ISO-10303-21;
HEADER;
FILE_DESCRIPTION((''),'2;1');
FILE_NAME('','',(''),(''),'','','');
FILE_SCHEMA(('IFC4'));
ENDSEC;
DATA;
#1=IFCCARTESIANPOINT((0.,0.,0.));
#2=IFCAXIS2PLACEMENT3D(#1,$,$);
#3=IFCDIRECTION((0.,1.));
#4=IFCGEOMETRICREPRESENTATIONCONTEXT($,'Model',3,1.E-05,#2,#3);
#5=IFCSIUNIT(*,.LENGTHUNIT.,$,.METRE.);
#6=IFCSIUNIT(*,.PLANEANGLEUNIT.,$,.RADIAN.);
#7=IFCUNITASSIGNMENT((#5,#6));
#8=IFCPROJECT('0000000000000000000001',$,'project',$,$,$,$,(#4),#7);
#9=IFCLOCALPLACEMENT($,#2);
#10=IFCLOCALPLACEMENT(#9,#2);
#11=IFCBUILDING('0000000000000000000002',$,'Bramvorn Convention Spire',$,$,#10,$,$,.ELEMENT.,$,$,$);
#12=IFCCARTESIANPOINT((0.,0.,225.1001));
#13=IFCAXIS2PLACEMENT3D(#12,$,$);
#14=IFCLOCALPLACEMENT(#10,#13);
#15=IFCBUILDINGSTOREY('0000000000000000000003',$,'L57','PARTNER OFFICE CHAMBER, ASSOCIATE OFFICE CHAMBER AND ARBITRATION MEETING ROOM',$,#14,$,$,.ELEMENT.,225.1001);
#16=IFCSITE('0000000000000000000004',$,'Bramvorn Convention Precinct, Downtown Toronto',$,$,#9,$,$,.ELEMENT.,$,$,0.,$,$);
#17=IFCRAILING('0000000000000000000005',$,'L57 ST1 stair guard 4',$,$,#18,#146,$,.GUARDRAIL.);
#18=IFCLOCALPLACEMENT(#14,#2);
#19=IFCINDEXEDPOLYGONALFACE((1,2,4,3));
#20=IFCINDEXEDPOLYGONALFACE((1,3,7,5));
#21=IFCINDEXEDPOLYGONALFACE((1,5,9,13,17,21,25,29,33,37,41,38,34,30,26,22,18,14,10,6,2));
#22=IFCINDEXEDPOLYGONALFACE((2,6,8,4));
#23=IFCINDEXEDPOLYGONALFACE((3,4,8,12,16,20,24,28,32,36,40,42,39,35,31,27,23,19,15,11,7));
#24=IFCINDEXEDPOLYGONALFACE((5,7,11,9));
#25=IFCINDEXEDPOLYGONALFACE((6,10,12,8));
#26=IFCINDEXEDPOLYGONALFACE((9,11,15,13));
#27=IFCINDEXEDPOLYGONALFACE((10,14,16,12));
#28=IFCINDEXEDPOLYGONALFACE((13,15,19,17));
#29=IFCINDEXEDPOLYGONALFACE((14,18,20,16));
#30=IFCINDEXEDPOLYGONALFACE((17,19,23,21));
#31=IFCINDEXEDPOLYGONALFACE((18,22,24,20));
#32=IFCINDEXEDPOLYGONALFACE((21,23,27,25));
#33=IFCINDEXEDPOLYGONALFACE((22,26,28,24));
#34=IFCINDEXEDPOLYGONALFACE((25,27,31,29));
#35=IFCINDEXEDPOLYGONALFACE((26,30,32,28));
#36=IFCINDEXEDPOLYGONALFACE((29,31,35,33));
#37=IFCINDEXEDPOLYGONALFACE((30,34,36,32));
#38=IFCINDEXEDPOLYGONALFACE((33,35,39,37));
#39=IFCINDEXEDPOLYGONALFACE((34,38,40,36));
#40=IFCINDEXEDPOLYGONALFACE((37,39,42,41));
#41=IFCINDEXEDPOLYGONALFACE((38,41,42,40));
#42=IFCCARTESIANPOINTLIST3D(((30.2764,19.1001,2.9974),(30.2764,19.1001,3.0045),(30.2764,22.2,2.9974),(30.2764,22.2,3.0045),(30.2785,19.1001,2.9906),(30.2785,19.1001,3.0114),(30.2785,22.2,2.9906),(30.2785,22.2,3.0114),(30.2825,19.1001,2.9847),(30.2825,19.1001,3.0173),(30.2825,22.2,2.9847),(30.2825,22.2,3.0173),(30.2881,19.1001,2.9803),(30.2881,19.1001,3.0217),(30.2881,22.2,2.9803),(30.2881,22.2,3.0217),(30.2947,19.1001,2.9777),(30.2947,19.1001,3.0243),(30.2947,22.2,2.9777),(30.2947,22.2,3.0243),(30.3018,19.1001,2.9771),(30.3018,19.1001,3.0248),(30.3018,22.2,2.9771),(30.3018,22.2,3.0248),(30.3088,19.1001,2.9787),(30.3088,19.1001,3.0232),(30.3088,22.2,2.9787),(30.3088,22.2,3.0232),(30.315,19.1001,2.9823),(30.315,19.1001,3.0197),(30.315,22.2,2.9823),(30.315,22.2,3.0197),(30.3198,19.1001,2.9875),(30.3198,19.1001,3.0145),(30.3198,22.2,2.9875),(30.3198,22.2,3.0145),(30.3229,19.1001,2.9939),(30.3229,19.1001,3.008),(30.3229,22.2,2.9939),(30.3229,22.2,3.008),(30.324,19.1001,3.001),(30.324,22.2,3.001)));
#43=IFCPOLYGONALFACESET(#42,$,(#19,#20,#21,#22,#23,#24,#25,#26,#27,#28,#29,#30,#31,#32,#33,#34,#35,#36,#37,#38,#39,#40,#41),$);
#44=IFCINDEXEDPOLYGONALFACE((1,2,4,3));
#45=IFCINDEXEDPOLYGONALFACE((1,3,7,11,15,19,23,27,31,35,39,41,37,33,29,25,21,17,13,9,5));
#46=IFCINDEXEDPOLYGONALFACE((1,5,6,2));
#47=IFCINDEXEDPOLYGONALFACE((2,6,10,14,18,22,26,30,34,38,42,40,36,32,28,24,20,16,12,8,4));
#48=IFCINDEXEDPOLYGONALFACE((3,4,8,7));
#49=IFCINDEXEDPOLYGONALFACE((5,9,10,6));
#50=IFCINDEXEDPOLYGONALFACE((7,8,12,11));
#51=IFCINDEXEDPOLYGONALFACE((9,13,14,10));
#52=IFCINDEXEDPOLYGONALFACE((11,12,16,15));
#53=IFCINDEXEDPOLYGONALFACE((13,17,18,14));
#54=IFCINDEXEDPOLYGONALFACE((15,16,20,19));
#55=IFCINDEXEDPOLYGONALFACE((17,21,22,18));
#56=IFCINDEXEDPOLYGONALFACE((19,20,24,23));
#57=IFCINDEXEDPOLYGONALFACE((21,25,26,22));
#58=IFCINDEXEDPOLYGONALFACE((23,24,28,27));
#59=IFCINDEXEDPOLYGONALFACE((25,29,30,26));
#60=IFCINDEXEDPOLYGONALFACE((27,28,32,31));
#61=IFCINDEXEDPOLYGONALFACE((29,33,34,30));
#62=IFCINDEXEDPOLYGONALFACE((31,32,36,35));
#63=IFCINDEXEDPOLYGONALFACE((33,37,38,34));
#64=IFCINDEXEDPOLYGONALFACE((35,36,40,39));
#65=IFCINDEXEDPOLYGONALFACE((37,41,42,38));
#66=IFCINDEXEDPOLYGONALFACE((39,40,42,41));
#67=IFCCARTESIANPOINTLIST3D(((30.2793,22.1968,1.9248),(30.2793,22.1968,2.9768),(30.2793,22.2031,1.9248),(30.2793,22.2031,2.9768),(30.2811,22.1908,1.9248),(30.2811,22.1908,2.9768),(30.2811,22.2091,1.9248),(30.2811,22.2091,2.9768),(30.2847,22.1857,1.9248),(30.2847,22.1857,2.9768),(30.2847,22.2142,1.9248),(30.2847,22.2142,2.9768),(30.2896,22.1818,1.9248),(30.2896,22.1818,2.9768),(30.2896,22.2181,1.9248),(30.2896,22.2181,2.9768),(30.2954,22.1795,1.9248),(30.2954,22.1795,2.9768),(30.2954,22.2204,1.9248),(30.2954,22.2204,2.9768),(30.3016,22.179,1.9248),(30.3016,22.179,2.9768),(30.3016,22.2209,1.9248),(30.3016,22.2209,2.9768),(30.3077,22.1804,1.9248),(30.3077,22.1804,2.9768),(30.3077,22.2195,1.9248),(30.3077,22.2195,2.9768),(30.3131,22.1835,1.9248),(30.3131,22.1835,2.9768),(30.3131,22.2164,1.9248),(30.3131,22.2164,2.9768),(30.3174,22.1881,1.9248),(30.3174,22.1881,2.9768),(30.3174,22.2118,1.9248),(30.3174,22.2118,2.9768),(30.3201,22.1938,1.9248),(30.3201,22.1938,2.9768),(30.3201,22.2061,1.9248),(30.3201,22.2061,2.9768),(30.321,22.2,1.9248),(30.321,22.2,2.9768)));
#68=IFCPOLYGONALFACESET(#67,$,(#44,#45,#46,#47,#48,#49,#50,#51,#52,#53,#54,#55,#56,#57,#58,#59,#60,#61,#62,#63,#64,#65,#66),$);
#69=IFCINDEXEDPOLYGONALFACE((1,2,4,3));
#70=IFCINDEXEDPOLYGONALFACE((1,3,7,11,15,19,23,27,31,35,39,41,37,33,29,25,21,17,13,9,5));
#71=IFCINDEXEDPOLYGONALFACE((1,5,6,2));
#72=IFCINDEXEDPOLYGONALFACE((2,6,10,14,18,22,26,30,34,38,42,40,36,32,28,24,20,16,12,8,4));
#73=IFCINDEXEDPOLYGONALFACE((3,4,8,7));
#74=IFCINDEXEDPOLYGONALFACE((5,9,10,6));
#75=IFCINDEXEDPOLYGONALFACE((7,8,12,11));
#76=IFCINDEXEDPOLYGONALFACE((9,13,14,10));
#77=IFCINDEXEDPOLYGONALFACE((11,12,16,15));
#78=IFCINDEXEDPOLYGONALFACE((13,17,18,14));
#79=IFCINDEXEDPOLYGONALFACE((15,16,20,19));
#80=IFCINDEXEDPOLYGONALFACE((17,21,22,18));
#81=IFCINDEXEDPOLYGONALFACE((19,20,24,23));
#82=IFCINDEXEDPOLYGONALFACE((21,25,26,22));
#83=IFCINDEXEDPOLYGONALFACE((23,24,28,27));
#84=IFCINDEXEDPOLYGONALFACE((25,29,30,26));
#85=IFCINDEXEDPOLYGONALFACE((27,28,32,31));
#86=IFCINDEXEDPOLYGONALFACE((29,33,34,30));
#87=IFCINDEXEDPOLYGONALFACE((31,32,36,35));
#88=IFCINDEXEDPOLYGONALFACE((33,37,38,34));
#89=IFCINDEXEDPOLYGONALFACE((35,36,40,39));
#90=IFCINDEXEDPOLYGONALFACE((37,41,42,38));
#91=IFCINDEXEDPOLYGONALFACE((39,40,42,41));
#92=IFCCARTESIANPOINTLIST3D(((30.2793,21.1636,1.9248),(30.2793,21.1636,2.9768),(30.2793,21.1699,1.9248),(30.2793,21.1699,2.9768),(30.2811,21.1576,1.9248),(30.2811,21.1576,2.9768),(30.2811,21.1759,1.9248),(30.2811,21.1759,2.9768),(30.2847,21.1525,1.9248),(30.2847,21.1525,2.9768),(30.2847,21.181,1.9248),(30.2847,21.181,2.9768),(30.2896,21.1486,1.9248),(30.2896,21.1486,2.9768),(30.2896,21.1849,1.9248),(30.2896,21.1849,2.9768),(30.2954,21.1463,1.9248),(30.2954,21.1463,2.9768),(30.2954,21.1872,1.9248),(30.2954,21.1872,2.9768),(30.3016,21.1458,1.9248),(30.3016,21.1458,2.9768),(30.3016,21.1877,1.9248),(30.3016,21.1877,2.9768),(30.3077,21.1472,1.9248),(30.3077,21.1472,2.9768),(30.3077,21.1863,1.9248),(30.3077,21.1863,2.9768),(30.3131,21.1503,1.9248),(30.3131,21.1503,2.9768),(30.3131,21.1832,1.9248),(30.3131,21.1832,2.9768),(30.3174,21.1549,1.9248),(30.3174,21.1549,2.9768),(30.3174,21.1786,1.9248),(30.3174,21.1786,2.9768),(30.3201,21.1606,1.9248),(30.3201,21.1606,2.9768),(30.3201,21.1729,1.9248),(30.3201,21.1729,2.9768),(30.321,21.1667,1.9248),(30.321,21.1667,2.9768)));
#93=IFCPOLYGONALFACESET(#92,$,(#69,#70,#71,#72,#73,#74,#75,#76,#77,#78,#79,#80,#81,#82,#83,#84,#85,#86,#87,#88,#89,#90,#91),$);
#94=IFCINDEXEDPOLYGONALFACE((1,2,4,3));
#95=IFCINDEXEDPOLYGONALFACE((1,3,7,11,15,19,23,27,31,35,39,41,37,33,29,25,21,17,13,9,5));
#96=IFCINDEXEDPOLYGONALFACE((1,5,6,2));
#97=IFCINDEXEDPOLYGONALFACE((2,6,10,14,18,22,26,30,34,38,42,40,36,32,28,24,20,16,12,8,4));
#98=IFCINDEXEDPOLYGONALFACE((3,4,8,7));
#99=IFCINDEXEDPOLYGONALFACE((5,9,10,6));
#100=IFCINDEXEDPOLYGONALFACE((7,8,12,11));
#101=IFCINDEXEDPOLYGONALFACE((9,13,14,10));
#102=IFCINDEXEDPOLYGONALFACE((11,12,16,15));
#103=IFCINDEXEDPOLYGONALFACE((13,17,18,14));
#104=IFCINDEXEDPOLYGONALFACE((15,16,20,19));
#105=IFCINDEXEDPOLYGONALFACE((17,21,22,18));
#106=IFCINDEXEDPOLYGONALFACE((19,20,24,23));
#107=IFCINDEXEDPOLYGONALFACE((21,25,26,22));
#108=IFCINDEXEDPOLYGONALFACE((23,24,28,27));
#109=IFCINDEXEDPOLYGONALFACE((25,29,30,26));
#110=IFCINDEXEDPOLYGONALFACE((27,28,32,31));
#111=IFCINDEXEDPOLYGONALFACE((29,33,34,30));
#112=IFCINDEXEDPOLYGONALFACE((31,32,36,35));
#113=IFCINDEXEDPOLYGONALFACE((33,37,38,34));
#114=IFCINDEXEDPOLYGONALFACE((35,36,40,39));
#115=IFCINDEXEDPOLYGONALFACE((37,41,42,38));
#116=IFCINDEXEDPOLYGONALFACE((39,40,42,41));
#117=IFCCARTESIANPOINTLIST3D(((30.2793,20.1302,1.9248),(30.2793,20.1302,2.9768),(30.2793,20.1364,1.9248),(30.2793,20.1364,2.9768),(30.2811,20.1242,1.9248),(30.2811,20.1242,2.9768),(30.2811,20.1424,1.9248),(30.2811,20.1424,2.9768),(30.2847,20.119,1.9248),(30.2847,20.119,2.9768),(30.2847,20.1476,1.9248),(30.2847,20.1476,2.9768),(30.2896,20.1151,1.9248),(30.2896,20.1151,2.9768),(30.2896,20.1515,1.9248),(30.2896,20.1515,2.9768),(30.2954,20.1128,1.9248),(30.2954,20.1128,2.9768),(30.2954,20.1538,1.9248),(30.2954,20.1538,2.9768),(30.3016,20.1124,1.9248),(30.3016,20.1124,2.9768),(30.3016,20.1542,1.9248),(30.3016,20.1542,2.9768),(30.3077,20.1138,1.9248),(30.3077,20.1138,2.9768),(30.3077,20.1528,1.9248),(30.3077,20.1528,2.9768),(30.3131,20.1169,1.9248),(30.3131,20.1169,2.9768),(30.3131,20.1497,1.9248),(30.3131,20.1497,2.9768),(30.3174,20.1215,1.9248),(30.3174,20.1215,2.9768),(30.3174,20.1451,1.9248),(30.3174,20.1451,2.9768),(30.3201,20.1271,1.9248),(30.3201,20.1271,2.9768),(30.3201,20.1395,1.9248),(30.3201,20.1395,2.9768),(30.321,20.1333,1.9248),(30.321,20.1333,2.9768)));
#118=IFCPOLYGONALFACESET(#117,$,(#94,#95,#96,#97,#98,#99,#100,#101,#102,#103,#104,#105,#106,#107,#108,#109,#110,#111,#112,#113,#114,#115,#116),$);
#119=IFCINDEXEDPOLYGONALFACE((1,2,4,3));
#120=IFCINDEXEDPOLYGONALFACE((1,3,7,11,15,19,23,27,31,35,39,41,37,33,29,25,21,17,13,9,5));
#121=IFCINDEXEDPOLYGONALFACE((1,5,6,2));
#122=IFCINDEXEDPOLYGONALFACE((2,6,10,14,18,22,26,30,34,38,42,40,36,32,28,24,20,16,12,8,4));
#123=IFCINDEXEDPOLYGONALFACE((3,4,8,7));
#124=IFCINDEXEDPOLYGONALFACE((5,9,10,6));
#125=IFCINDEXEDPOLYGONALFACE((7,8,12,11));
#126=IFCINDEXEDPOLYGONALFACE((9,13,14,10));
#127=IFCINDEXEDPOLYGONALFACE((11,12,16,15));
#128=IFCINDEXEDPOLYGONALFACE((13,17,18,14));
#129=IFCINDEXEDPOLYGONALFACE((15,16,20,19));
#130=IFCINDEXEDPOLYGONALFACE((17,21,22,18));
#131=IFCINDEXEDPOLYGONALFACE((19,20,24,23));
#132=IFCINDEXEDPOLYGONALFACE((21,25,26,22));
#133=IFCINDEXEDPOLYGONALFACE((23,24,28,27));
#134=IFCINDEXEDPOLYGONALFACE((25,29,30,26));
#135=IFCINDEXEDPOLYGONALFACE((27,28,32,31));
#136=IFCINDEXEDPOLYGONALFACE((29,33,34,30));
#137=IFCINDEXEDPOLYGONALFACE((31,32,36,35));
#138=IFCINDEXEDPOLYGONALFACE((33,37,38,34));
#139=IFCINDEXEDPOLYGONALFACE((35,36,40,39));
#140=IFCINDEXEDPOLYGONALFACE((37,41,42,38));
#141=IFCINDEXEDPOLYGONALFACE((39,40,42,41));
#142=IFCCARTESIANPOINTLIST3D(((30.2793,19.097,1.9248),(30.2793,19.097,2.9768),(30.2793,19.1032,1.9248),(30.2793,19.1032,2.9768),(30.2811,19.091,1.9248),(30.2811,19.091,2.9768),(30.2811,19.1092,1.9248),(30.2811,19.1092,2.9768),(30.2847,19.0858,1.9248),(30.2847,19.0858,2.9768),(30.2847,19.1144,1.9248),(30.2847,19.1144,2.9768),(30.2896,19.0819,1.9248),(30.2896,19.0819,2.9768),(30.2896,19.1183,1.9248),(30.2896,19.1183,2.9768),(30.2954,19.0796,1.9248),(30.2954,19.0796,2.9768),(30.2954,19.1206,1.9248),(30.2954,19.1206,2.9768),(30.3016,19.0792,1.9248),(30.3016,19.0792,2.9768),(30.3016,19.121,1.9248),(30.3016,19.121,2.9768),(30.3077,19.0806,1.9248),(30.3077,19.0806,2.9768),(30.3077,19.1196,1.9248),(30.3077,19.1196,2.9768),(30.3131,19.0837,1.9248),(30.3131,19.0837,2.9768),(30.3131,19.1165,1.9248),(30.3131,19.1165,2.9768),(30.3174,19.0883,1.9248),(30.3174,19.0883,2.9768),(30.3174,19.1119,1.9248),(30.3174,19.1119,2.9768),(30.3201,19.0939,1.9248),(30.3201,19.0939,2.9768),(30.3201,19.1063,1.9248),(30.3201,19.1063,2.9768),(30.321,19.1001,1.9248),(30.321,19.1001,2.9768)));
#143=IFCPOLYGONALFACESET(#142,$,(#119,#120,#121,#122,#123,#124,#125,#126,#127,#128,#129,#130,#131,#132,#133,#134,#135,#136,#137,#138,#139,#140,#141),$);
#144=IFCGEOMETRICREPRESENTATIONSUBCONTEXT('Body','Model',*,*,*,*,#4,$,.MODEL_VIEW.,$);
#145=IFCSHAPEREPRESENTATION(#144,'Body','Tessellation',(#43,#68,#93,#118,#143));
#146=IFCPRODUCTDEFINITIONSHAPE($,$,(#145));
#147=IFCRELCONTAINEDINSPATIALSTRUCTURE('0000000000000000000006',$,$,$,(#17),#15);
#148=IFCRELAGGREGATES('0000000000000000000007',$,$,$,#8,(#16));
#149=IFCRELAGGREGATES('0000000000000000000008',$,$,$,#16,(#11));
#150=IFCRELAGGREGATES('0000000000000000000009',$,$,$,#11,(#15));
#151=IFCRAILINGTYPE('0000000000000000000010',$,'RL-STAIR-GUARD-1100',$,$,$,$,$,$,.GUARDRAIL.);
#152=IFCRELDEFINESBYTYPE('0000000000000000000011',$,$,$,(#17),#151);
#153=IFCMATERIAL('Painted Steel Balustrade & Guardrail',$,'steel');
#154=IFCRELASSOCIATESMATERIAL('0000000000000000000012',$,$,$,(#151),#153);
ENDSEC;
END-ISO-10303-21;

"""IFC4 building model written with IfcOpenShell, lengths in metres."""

from ifc_helpers import new_model, si_unit, direction, frame, origin, origin_2d, place, context, subcontext, project, spatial, circle, extrude, material, type_object, element, save


model = new_model("IFC4")

# Units and contexts
model_context = context("Model", 3, precision=1e-05, world=origin(), true_north=direction((0.0, 1.0)))
body_context = subcontext(model_context, "Body", "Model", "MODEL_VIEW")
ifc_project = project(units=[si_unit("LENGTHUNIT", "METRE"), si_unit("PLANEANGLEUNIT", "RADIAN")], contexts=[model_context])

# Site, building, storey
site_placement = place(None, origin())
site = spatial("IfcSite", under=ifc_project, at=site_placement, Name="Bramvorn Convention Precinct, Downtown Toronto", CompositionType="ELEMENT", RefElevation=0.0)
building_placement = place(site_placement, origin())
building = spatial("IfcBuilding", under=site, at=building_placement, Name="Bramvorn Convention Spire", CompositionType="ELEMENT")
storey_placement = place(building_placement, frame((0.0, 0.0, 225.1001)))
storey = spatial("IfcBuildingStorey", under=building, at=storey_placement, Name="L57", Description="PARTNER OFFICE CHAMBER, ASSOCIATE OFFICE CHAMBER AND ARBITRATION MEETING ROOM", CompositionType="ELEMENT", Elevation=225.1001)

# Railing
ifc_material_1 = material(Name="Painted Steel Balustrade & Guardrail", Category="steel")
railing_type_1 = type_object("IfcRailingType", Name="RL-STAIR-GUARD-1100", PredefinedType="GUARDRAIL", material=ifc_material_1)
for number, where, name in (
    (1, (30.3, 22.2, 1.9248), "L57 ST1 stair guard 4"),
):
    element("IfcRailing", number, at=place(storey_placement, frame(where)), inside=storey, type_object=railing_type_1, Name=name, PredefinedType="GUARDRAIL", context=body_context, shape_type="SweptSolid", body=[
        extrude(circle(Radius=0.0239, at=origin_2d()), frame((0.0, 0.0, 1.0762), z_axis=(0.0, -1.0, 0.0), x_axis=(1.0, 0.0, 0.0)), (0.0, 0.0, 1.0), 3.0999),
        extrude(circle(Radius=0.021, at=origin_2d()), origin(), (0.0, 0.0, 1.0), 1.052),
        extrude(circle(Radius=0.021, at=origin_2d()), frame((0.0, -1.0332, 0.0)), (0.0, 0.0, 1.0), 1.052),
        extrude(circle(Radius=0.021, at=origin_2d()), frame((0.0, -2.0667, 0.0)), (0.0, 0.0, 1.0), 1.052),
        extrude(circle(Radius=0.021, at=origin_2d()), frame((0.0, -3.0999, 0.0)), (0.0, 0.0, 1.0), 1.052),
    ])

save(model, "model.ifc")
